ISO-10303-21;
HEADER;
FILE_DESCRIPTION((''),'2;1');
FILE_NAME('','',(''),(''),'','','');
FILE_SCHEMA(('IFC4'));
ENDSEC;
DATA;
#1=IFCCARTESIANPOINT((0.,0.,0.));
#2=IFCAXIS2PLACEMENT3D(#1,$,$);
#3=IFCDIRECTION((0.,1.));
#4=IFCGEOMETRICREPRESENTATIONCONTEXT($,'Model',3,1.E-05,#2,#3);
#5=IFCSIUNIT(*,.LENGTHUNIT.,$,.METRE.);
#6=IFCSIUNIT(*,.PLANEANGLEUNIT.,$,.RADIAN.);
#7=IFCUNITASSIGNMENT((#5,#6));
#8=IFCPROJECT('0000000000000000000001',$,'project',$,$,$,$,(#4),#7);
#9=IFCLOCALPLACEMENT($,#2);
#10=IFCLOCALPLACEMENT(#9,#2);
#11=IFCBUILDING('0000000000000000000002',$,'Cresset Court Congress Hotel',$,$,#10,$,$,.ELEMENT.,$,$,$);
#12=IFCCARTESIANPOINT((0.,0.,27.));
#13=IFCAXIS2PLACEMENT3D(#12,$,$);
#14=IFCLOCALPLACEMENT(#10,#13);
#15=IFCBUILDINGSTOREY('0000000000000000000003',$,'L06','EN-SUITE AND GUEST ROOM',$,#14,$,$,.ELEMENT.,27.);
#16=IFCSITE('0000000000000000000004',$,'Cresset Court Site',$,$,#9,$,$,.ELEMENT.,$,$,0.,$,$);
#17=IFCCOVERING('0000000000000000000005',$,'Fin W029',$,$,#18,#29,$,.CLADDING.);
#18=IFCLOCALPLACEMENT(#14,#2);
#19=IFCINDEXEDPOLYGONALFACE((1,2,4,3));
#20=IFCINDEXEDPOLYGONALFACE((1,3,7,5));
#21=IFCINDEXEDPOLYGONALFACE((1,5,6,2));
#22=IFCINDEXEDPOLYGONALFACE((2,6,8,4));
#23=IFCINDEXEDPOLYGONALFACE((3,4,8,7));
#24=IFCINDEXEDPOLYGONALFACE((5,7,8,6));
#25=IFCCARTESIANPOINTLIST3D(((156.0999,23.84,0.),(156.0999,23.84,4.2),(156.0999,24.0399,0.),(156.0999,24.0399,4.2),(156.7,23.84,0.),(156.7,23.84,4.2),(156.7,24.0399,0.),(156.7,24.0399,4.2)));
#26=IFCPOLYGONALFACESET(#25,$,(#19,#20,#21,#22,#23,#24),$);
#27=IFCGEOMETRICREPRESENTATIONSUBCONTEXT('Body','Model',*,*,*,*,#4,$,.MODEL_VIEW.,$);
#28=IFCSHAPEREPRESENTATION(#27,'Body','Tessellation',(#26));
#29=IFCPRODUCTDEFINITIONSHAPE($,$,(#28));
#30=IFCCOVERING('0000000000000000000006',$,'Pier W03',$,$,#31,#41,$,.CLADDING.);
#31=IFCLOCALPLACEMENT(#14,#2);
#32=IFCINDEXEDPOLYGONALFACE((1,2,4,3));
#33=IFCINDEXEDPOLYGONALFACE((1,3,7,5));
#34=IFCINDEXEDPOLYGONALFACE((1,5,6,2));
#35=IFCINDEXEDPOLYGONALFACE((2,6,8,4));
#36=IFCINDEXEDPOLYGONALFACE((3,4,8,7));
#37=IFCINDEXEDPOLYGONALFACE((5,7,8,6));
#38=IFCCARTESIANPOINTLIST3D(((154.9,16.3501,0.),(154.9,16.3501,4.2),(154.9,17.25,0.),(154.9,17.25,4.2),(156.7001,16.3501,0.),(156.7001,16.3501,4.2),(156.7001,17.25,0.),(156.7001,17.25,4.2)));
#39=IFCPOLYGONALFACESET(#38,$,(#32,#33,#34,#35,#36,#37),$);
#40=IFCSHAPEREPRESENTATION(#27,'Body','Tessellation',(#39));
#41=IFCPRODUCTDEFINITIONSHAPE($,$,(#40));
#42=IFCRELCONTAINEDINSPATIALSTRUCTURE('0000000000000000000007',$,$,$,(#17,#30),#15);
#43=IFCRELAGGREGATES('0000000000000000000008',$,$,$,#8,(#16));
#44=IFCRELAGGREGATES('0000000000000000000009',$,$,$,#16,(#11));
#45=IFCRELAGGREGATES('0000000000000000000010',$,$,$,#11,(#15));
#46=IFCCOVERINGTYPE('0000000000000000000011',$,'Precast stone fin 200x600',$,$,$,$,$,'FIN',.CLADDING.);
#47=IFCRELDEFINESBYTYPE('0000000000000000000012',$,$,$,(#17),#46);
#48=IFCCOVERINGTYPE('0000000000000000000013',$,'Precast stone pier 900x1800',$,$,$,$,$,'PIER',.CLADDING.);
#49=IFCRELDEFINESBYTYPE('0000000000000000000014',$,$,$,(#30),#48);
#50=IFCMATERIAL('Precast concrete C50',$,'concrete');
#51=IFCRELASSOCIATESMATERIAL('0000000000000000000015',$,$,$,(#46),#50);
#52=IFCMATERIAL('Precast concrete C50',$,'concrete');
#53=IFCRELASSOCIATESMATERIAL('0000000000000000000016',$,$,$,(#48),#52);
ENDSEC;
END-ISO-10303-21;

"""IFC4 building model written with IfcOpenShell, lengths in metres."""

from ifc_helpers import new_model, si_unit, direction, frame, origin, origin_2d, place, context, subcontext, project, spatial, rectangle, extrude, material, type_object, element, save


model = new_model("IFC4")

# Units and contexts
model_context = context("Model", 3, precision=1e-05, world=origin(), true_north=direction((0.0, 1.0)))
body_context = subcontext(model_context, "Body", "Model", "MODEL_VIEW")
ifc_project = project(units=[si_unit("LENGTHUNIT", "METRE"), si_unit("PLANEANGLEUNIT", "RADIAN")], contexts=[model_context])

# Site, building, storey
site_placement = place(None, origin())
site = spatial("IfcSite", under=ifc_project, at=site_placement, Name="Cresset Court Site", CompositionType="ELEMENT", RefElevation=0.0)
building_placement = place(site_placement, origin())
building = spatial("IfcBuilding", under=site, at=building_placement, Name="Cresset Court Congress Hotel", CompositionType="ELEMENT")
storey_placement = place(building_placement, frame((0.0, 0.0, 27.0)))
storey = spatial("IfcBuildingStorey", under=building, at=storey_placement, Name="L06", Description="EN-SUITE AND GUEST ROOM", CompositionType="ELEMENT", Elevation=27.0)

# Coverings
ifc_material_1 = material(Name="Precast concrete C50", Category="concrete")
covering_type_1 = type_object("IfcCoveringType", Name="Precast stone fin 200x600", ElementType="FIN", PredefinedType="CLADDING", material=ifc_material_1)
for number, where, z_axis, x_axis, name in (
    (1, (156.3999, 23.9399, 0.0), (0.0, 0.0, 1.0), (1.0, 0.0, 0.0), "Fin W029"),
):
    element("IfcCovering", number, at=place(storey_placement, frame(where, z_axis=z_axis, x_axis=x_axis)), inside=storey, type_object=covering_type_1, Name=name, PredefinedType="CLADDING", context=body_context, shape_type="SweptSolid", body=[
        extrude(rectangle(XDim=0.6001, YDim=0.2, at=origin_2d()), origin(), (0.0, 0.0, 1.0), 4.2),
    ])
ifc_material_2 = material(Name="Precast concrete C50", Category="concrete")
covering_type_2 = type_object("IfcCoveringType", Name="Precast stone pier 900x1800", ElementType="PIER", PredefinedType="CLADDING", material=ifc_material_2)
covering_placement = place(storey_placement, frame((155.8, 16.8, 0.0), z_axis=(0.0, 0.0, 1.0), x_axis=(1.0, 0.0, 0.0)))
element("IfcCovering", 2, at=covering_placement, inside=storey, type_object=covering_type_2, Name="Pier W03", PredefinedType="CLADDING", context=body_context, shape_type="SweptSolid", body=[
    extrude(rectangle(XDim=1.8, YDim=0.8999, at=origin_2d()), origin(), (0.0, 0.0, 1.0), 4.2),
])

save(model, "model.ifc")
